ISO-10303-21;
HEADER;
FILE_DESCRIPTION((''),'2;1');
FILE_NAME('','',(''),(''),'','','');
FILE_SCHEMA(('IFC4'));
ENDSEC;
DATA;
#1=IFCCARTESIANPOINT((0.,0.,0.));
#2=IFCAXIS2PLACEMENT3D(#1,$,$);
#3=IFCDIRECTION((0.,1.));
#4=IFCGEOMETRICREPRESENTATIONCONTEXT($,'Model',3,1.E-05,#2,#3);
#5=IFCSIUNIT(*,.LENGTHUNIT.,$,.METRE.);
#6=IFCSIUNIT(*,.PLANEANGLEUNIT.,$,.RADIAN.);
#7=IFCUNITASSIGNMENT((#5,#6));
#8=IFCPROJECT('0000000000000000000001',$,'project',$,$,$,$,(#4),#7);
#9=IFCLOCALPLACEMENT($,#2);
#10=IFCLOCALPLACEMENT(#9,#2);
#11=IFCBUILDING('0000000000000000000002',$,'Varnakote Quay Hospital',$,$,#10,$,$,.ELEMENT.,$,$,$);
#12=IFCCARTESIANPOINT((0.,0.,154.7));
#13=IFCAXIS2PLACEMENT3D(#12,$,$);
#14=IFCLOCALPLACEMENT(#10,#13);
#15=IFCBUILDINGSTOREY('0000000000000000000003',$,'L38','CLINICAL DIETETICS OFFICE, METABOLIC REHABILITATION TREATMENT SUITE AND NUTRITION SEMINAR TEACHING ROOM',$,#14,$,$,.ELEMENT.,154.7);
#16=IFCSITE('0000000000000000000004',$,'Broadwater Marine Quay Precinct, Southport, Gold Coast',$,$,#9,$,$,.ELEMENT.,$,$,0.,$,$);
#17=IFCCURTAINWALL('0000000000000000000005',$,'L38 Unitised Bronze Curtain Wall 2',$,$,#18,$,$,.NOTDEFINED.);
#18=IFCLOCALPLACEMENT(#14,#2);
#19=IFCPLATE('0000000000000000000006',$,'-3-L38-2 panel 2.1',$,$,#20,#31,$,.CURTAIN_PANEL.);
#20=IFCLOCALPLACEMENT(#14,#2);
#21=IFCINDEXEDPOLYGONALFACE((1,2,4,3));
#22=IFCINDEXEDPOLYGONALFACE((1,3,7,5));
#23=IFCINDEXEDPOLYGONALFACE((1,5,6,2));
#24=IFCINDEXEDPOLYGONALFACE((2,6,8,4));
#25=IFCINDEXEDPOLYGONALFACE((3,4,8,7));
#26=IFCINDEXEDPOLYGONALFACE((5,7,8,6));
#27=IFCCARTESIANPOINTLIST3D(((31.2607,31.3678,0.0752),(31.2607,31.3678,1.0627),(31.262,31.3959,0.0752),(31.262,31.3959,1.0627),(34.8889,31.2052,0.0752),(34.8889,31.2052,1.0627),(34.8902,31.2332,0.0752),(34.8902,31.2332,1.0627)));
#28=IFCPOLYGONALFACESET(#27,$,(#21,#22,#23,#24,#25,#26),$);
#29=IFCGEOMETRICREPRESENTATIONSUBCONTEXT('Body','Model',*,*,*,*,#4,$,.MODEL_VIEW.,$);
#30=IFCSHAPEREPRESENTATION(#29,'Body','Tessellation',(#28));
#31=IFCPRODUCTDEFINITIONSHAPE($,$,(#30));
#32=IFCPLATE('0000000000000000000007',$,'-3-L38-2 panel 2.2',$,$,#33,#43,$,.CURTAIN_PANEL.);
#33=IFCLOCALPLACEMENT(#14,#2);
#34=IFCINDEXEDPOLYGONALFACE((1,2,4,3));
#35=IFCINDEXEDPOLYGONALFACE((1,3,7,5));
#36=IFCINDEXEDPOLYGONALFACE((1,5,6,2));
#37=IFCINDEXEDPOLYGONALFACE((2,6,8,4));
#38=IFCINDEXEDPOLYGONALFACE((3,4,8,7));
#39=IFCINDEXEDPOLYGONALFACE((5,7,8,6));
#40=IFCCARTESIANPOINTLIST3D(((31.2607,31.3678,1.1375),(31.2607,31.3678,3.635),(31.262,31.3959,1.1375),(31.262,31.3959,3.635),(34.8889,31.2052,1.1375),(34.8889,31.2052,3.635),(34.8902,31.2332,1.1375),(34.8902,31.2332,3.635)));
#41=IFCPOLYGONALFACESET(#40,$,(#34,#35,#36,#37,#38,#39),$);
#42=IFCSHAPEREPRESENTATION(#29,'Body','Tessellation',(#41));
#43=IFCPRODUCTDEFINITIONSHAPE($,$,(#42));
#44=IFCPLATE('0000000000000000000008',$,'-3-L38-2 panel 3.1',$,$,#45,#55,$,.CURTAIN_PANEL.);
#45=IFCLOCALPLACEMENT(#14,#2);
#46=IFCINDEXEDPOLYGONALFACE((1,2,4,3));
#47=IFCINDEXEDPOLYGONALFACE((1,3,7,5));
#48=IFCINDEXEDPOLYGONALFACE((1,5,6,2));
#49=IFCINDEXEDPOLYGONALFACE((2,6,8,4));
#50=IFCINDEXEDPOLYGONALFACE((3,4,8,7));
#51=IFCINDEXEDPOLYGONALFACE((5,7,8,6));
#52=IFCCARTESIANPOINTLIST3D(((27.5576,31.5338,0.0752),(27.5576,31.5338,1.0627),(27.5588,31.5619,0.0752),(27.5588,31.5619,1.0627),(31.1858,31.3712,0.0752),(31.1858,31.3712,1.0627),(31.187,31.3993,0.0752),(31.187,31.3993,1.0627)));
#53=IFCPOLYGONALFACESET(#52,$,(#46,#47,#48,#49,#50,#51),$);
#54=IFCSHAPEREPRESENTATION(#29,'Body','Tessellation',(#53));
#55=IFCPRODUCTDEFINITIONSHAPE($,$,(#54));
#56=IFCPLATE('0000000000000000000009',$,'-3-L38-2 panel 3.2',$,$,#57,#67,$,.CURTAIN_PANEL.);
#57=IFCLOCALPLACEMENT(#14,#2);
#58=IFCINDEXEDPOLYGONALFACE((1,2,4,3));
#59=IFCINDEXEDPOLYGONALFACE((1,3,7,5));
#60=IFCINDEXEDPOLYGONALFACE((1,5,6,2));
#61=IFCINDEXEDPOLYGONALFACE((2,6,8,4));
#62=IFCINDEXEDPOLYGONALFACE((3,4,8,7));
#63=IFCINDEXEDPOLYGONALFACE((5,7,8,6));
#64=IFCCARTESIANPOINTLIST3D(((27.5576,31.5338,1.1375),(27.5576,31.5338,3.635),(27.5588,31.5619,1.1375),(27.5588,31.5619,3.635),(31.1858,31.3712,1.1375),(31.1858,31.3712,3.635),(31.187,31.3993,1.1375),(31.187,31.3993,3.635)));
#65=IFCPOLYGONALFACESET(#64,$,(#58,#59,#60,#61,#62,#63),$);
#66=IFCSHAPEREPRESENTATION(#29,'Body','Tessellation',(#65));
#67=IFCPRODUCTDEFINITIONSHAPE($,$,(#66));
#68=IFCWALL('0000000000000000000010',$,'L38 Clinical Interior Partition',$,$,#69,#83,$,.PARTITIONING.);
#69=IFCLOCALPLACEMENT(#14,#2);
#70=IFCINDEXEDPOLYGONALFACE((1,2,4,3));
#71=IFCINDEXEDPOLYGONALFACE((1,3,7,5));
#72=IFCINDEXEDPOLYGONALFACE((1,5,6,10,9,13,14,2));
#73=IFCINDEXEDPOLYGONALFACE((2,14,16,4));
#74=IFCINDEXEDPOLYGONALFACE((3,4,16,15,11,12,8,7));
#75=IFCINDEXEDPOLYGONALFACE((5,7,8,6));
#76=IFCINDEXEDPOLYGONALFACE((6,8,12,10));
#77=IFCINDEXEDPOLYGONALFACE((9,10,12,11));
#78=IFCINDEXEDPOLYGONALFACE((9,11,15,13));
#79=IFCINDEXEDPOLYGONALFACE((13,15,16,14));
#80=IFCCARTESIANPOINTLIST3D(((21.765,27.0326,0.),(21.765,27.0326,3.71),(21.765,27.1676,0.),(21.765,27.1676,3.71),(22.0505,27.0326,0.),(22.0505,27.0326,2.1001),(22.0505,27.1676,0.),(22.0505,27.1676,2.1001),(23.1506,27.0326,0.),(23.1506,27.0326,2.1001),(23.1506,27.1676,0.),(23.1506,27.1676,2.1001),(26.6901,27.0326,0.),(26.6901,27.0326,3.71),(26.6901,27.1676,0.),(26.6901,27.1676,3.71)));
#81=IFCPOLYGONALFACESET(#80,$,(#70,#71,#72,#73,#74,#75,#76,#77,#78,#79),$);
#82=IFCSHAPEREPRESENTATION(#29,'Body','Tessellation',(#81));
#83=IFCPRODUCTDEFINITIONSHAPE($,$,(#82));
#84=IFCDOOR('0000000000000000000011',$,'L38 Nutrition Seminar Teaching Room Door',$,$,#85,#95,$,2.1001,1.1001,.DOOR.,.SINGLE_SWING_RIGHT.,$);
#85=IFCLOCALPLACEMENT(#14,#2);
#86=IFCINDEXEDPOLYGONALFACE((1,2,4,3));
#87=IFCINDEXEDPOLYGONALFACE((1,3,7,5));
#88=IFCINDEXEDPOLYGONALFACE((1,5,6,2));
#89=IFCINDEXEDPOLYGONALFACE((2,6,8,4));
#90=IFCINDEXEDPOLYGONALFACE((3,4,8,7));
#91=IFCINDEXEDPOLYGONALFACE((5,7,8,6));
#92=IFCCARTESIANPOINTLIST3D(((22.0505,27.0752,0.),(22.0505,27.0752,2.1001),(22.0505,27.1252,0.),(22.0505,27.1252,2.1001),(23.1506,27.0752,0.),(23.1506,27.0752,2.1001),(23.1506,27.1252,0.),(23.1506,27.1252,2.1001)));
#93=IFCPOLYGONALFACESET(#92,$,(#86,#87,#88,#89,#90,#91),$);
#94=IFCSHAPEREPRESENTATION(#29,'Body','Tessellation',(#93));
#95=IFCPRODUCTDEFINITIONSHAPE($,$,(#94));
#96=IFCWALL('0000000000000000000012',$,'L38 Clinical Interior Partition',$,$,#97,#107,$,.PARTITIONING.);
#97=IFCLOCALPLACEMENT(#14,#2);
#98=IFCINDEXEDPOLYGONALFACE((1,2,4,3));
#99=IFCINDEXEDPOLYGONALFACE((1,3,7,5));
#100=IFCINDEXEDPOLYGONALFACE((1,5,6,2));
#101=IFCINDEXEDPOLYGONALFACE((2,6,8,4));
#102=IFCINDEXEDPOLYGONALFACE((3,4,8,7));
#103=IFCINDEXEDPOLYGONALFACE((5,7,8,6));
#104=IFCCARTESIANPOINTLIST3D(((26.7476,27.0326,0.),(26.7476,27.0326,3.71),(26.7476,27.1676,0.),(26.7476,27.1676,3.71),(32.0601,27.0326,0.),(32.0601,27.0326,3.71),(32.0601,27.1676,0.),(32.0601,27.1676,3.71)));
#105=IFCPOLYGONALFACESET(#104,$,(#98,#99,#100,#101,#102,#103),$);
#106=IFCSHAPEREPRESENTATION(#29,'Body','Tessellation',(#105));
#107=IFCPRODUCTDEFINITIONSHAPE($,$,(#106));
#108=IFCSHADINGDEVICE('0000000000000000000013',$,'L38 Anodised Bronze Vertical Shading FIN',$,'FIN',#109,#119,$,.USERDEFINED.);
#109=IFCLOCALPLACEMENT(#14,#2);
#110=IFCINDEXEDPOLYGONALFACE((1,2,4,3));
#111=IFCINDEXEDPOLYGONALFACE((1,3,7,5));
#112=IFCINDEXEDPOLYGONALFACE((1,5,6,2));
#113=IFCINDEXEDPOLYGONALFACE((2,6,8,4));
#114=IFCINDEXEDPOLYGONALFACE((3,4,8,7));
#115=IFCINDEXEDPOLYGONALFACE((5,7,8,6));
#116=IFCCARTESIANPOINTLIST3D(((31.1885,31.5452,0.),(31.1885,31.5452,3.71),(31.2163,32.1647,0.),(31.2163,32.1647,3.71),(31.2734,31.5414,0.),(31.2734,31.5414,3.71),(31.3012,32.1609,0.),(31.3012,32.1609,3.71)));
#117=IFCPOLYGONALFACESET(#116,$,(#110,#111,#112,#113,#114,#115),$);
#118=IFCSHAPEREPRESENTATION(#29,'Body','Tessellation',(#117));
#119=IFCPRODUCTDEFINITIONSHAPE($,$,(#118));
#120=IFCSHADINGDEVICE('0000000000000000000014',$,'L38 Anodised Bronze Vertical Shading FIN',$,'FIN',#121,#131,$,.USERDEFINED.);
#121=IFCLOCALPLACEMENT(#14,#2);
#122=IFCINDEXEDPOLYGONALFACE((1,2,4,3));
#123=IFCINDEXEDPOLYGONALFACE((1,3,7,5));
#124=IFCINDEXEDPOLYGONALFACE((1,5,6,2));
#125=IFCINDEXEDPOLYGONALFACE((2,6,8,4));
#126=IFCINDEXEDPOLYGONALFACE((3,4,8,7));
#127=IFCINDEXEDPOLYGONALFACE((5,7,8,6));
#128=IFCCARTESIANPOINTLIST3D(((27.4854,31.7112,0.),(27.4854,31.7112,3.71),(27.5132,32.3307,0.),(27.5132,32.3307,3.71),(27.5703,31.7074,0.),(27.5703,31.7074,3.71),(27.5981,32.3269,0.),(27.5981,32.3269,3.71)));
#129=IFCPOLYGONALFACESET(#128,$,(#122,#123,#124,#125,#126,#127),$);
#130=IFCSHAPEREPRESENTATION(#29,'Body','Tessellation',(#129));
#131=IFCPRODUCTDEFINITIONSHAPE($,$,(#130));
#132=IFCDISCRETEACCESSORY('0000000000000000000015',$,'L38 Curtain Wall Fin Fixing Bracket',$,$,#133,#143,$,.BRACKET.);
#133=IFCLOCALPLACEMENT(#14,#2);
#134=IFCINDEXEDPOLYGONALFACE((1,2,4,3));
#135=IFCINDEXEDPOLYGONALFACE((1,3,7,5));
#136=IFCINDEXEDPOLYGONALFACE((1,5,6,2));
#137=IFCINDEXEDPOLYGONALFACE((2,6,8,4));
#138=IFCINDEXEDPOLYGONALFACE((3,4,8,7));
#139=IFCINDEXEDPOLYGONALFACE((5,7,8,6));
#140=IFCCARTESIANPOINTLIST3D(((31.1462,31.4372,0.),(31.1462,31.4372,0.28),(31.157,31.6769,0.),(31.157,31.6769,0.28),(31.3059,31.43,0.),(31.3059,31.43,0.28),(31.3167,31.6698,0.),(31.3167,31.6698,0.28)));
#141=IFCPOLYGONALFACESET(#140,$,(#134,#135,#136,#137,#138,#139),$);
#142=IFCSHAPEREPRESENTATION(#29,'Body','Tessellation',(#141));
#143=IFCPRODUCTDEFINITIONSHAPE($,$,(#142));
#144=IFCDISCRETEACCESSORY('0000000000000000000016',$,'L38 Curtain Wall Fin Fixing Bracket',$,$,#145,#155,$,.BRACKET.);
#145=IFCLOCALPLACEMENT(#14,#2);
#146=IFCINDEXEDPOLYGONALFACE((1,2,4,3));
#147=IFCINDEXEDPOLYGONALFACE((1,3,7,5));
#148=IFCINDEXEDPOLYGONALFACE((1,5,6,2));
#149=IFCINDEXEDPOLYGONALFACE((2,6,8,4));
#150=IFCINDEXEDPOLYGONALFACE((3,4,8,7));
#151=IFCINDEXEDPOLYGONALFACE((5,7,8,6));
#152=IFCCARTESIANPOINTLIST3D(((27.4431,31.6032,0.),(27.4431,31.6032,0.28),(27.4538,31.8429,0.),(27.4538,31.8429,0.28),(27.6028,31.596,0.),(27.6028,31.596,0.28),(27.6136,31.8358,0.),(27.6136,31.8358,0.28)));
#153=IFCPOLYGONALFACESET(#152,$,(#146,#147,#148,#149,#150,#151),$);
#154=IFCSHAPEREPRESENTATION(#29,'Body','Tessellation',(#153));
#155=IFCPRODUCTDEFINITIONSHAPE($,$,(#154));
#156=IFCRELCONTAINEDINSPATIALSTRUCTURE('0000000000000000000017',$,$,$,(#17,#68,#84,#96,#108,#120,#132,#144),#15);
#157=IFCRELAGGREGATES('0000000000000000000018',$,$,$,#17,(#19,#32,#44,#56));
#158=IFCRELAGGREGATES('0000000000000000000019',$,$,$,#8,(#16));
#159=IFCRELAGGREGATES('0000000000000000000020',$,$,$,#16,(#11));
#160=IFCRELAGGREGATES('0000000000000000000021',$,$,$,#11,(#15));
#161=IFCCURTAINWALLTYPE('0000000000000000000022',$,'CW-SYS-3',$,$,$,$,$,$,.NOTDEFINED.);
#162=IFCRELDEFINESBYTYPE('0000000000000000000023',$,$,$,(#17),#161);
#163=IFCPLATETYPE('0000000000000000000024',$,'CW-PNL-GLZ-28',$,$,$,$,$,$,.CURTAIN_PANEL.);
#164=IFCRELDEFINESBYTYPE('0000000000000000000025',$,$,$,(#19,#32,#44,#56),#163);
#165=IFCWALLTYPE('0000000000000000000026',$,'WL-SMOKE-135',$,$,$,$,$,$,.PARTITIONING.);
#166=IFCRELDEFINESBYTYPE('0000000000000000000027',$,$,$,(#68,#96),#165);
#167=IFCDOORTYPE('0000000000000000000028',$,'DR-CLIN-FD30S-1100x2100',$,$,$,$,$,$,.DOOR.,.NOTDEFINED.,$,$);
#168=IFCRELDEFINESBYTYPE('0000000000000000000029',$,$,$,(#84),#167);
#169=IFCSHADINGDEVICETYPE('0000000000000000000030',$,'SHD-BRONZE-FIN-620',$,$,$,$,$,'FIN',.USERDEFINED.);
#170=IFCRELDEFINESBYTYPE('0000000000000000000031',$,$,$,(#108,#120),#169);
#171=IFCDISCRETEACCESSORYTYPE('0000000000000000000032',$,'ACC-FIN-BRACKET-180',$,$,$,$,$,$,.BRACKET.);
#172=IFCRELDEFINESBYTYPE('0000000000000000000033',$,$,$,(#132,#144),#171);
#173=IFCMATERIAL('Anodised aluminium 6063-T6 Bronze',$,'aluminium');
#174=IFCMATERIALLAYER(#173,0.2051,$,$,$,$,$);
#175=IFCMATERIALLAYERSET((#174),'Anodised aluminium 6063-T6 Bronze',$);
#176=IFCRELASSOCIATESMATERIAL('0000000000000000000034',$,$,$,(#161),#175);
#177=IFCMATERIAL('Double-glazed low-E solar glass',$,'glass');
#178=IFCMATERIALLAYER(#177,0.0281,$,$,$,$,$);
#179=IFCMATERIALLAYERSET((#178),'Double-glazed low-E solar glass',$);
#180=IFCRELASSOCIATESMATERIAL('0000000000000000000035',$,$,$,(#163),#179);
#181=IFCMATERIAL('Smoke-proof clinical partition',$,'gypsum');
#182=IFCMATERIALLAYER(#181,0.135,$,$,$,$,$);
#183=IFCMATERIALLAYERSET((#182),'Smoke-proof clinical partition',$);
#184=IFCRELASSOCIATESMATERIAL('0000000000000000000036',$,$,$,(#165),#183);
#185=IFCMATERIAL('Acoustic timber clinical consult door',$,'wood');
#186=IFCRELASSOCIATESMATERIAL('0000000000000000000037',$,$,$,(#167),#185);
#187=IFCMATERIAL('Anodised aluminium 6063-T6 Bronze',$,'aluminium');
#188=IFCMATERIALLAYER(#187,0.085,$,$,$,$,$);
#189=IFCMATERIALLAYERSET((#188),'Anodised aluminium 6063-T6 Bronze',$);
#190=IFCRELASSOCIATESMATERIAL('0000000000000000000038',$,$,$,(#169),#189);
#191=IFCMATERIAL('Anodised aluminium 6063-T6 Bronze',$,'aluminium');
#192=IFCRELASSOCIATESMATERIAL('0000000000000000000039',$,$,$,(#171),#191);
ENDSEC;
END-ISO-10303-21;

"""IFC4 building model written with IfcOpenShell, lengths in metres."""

from ifc_helpers import new_model, si_unit, direction, frame, frame_2d, origin, origin_2d, place, context, subcontext, project, spatial, rectangle, extrude, material, layer, layer_set, type_object, element, fill, aggregate, save


model = new_model("IFC4")

# Units and contexts
model_context = context("Model", 3, precision=1e-05, world=origin(), true_north=direction((0.0, 1.0)))
body_context = subcontext(model_context, "Body", "Model", "MODEL_VIEW")
ifc_project = project(units=[si_unit("LENGTHUNIT", "METRE"), si_unit("PLANEANGLEUNIT", "RADIAN")], contexts=[model_context])

# Site, building, storey
site_placement = place(None, origin())
site = spatial("IfcSite", under=ifc_project, at=site_placement, Name="Broadwater Marine Quay Precinct, Southport, Gold Coast", CompositionType="ELEMENT", RefElevation=0.0)
building_placement = place(site_placement, origin())
building = spatial("IfcBuilding", under=site, at=building_placement, Name="Varnakote Quay Hospital", CompositionType="ELEMENT")
storey_placement = place(building_placement, frame((0.0, 0.0, 154.7)))
storey = spatial("IfcBuildingStorey", under=building, at=storey_placement, Name="L38", Description="CLINICAL DIETETICS OFFICE, METABOLIC REHABILITATION TREATMENT SUITE AND NUTRITION SEMINAR TEACHING ROOM", CompositionType="ELEMENT", Elevation=154.7)

# Curtain wall
ifc_material_1 = material(Name="Anodised aluminium 6063-T6 Bronze", Category="aluminium")
ifc_layer_1 = layer(ifc_material_1, 0.2051)
ifc_layer_set_1 = layer_set([ifc_layer_1], Name="Anodised aluminium 6063-T6 Bronze")
curtain_wall_type = type_object("IfcCurtainWallType", Name="CW-SYS-3", PredefinedType="NOTDEFINED", material=ifc_layer_set_1)
curtain_wall_placement = place(storey_placement, origin())
curtain_wall = element("IfcCurtainWall", 1, at=curtain_wall_placement, inside=storey, type_object=curtain_wall_type, Name="L38 Unitised Bronze Curtain Wall 2", PredefinedType="NOTDEFINED")

# Plates
ifc_material_2 = material(Name="Double-glazed low-E solar glass", Category="glass")
ifc_layer_2 = layer(ifc_material_2, 0.0281)
ifc_layer_set_2 = layer_set([ifc_layer_2], Name="Double-glazed low-E solar glass")
plate_type = type_object("IfcPlateType", Name="CW-PNL-GLZ-28", PredefinedType="CURTAIN_PANEL", material=ifc_layer_set_2)
plate_1_placement = place(storey_placement, frame((33.0754, 31.3005, 0.0752), z_axis=(0.0, 0.0, 1.0), x_axis=(-0.998997, 0.044782, 0.0)))
plate_1 = element("IfcPlate", 2, at=plate_1_placement, type_object=plate_type, Name="-3-L38-2 panel 2.1", PredefinedType="CURTAIN_PANEL", context=body_context, shape_type="SweptSolid", body=[
    extrude(rectangle(XDim=3.6318, YDim=0.0281, at=origin_2d()), origin(), (0.0, 0.0, 1.0), 0.9875),
])
plate_2_placement = place(storey_placement, frame((33.0754, 31.3005, 1.1375), z_axis=(0.0, 0.0, 1.0), x_axis=(-0.998997, 0.044782, 0.0)))
plate_2 = element("IfcPlate", 3, at=plate_2_placement, type_object=plate_type, Name="-3-L38-2 panel 2.2", PredefinedType="CURTAIN_PANEL", context=body_context, shape_type="SweptSolid", body=[
    extrude(rectangle(XDim=3.6318, YDim=0.0281, at=origin_2d()), origin(), (0.0, 0.0, 1.0), 2.4976),
])
plate_3_placement = place(storey_placement, frame((29.3723, 31.4666, 0.0752), z_axis=(0.0, 0.0, 1.0), x_axis=(-0.998997, 0.044782, 0.0)))
plate_3 = element("IfcPlate", 4, at=plate_3_placement, type_object=plate_type, Name="-3-L38-2 panel 3.1", PredefinedType="CURTAIN_PANEL", context=body_context, shape_type="SweptSolid", body=[
    extrude(rectangle(XDim=3.6318, YDim=0.0281, at=origin_2d()), origin(), (0.0, 0.0, 1.0), 0.9875),
])
plate_4_placement = place(storey_placement, frame((29.3723, 31.4666, 1.1375), z_axis=(0.0, 0.0, 1.0), x_axis=(-0.998997, 0.044782, 0.0)))
plate_4 = element("IfcPlate", 5, at=plate_4_placement, type_object=plate_type, Name="-3-L38-2 panel 3.2", PredefinedType="CURTAIN_PANEL", context=body_context, shape_type="SweptSolid", body=[
    extrude(rectangle(XDim=3.6318, YDim=0.0281, at=origin_2d()), origin(), (0.0, 0.0, 1.0), 2.4976),
])
aggregate(curtain_wall, [plate_1, plate_2, plate_3, plate_4])

# Wall, opening, door
ifc_material_3 = material(Name="Smoke-proof clinical partition", Category="gypsum")
ifc_layer_3 = layer(ifc_material_3, 0.135)
ifc_layer_set_3 = layer_set([ifc_layer_3], Name="Smoke-proof clinical partition")
wall_type = type_object("IfcWallType", Name="WL-SMOKE-135", PredefinedType="PARTITIONING", material=ifc_layer_set_3)
wall_1_placement = place(storey_placement, frame((26.6899, 27.1001, 0.0), z_axis=(0.0, 0.0, 1.0), x_axis=(-1.0, 0.0, 0.0)))
wall_1 = element("IfcWall", 6, at=wall_1_placement, inside=storey, type_object=wall_type, Name="L38 Clinical Interior Partition", PredefinedType="PARTITIONING", context=body_context, shape_type="SweptSolid", body=[
    extrude(rectangle(XDim=4.925, YDim=0.135, at=frame_2d((2.4624, 0.0))), origin(), (0.0, 0.0, 1.0), 3.71),
])
opening_placement = place(wall_1_placement, frame((3.5393, 0.0, 0.0)))
opening = element("IfcOpeningElement", 7, at=opening_placement, cuts=wall_1, PredefinedType="OPENING", context=body_context, shape_type="SweptSolid", body=[
    extrude(rectangle(XDim=1.1001, YDim=2.1001, at=frame_2d((0.55, 1.05))), frame((0.0, 0.0774, 0.0), z_axis=(0.0, -1.0, 0.0), x_axis=(1.0, 0.0, 0.0)), (0.0, 0.0, 1.0), 0.155),
])
ifc_material_4 = material(Name="Acoustic timber clinical consult door", Category="wood")
door_type = type_object("IfcDoorType", Name="DR-CLIN-FD30S-1100x2100", OperationType="NOTDEFINED", PredefinedType="DOOR", material=ifc_material_4)
door_placement = place(opening_placement, origin())
door = element("IfcDoor", 8, at=door_placement, inside=storey, type_object=door_type, Name="L38 Nutrition Seminar Teaching Room Door", OperationType="SINGLE_SWING_RIGHT", OverallHeight=2.1001, OverallWidth=1.1001, PredefinedType="DOOR", context=body_context, shape_type="SweptSolid", body=[
    extrude(rectangle(XDim=1.1001, YDim=2.1001, at=frame_2d((0.55, 1.05))), frame((0.0, 0.0249, 0.0), z_axis=(0.0, -1.0, 0.0), x_axis=(1.0, 0.0, 0.0)), (0.0, 0.0, 1.0), 0.05),
])
fill(opening, door)

# Wall
wall_2_placement = place(storey_placement, frame((32.0601, 27.1001, 0.0), z_axis=(0.0, 0.0, 1.0), x_axis=(-1.0, 0.0, 0.0)))
element("IfcWall", 9, at=wall_2_placement, inside=storey, type_object=wall_type, Name="L38 Clinical Interior Partition", PredefinedType="PARTITIONING", context=body_context, shape_type="SweptSolid", body=[
    extrude(rectangle(XDim=5.3125, YDim=0.135, at=frame_2d((2.6562, 0.0))), origin(), (0.0, 0.0, 1.0), 3.71),
])

# Shading devices
ifc_material_5 = material(Name="Anodised aluminium 6063-T6 Bronze", Category="aluminium")
ifc_layer_4 = layer(ifc_material_5, 0.085)
ifc_layer_set_4 = layer_set([ifc_layer_4], Name="Anodised aluminium 6063-T6 Bronze")
shading_device_type = type_object("IfcShadingDeviceType", Name="SHD-BRONZE-FIN-620", ElementType="FIN", PredefinedType="USERDEFINED", material=ifc_layer_set_4)
for number, where, z_axis, x_axis, name in (
    (10, (31.2449, 31.853, 0.0), (0.0, 0.0, 1.0), (-0.04484, -0.998994, 0.0), "L38 Anodised Bronze Vertical Shading FIN"),
    (11, (27.5417, 32.019, 0.0), (0.0, 0.0, 1.0), (-0.04484, -0.998994, 0.0), "L38 Anodised Bronze Vertical Shading FIN"),
):
    element("IfcShadingDevice", number, at=place(storey_placement, frame(where, z_axis=z_axis, x_axis=x_axis)), inside=storey, type_object=shading_device_type, Name=name, ObjectType="FIN", PredefinedType="USERDEFINED", context=body_context, shape_type="SweptSolid", body=[
        extrude(rectangle(XDim=0.6201, YDim=0.085, at=origin_2d()), origin(), (0.0, 0.0, 1.0), 3.71),
    ])

# Discrete accessories
ifc_material_6 = material(Name="Anodised aluminium 6063-T6 Bronze", Category="aluminium")
discrete_accessory_type = type_object("IfcDiscreteAccessoryType", Name="ACC-FIN-BRACKET-180", PredefinedType="BRACKET", material=ifc_material_6)
for number, where, z_axis, x_axis, name in (
    (12, (31.2314, 31.5535, 0.0), (0.0, 0.0, 1.0), (-0.998994, 0.04484, 0.0), "L38 Curtain Wall Fin Fixing Bracket"),
    (13, (27.5283, 31.7195, 0.0), (0.0, 0.0, 1.0), (-0.998994, 0.04484, 0.0), "L38 Curtain Wall Fin Fixing Bracket"),
):
    element("IfcDiscreteAccessory", number, at=place(storey_placement, frame(where, z_axis=z_axis, x_axis=x_axis)), inside=storey, type_object=discrete_accessory_type, Name=name, PredefinedType="BRACKET", context=body_context, shape_type="SweptSolid", body=[
        extrude(rectangle(XDim=0.1599, YDim=0.24, at=origin_2d()), origin(), (0.0, 0.0, 1.0), 0.28),
    ])

save(model, "model.ifc")
